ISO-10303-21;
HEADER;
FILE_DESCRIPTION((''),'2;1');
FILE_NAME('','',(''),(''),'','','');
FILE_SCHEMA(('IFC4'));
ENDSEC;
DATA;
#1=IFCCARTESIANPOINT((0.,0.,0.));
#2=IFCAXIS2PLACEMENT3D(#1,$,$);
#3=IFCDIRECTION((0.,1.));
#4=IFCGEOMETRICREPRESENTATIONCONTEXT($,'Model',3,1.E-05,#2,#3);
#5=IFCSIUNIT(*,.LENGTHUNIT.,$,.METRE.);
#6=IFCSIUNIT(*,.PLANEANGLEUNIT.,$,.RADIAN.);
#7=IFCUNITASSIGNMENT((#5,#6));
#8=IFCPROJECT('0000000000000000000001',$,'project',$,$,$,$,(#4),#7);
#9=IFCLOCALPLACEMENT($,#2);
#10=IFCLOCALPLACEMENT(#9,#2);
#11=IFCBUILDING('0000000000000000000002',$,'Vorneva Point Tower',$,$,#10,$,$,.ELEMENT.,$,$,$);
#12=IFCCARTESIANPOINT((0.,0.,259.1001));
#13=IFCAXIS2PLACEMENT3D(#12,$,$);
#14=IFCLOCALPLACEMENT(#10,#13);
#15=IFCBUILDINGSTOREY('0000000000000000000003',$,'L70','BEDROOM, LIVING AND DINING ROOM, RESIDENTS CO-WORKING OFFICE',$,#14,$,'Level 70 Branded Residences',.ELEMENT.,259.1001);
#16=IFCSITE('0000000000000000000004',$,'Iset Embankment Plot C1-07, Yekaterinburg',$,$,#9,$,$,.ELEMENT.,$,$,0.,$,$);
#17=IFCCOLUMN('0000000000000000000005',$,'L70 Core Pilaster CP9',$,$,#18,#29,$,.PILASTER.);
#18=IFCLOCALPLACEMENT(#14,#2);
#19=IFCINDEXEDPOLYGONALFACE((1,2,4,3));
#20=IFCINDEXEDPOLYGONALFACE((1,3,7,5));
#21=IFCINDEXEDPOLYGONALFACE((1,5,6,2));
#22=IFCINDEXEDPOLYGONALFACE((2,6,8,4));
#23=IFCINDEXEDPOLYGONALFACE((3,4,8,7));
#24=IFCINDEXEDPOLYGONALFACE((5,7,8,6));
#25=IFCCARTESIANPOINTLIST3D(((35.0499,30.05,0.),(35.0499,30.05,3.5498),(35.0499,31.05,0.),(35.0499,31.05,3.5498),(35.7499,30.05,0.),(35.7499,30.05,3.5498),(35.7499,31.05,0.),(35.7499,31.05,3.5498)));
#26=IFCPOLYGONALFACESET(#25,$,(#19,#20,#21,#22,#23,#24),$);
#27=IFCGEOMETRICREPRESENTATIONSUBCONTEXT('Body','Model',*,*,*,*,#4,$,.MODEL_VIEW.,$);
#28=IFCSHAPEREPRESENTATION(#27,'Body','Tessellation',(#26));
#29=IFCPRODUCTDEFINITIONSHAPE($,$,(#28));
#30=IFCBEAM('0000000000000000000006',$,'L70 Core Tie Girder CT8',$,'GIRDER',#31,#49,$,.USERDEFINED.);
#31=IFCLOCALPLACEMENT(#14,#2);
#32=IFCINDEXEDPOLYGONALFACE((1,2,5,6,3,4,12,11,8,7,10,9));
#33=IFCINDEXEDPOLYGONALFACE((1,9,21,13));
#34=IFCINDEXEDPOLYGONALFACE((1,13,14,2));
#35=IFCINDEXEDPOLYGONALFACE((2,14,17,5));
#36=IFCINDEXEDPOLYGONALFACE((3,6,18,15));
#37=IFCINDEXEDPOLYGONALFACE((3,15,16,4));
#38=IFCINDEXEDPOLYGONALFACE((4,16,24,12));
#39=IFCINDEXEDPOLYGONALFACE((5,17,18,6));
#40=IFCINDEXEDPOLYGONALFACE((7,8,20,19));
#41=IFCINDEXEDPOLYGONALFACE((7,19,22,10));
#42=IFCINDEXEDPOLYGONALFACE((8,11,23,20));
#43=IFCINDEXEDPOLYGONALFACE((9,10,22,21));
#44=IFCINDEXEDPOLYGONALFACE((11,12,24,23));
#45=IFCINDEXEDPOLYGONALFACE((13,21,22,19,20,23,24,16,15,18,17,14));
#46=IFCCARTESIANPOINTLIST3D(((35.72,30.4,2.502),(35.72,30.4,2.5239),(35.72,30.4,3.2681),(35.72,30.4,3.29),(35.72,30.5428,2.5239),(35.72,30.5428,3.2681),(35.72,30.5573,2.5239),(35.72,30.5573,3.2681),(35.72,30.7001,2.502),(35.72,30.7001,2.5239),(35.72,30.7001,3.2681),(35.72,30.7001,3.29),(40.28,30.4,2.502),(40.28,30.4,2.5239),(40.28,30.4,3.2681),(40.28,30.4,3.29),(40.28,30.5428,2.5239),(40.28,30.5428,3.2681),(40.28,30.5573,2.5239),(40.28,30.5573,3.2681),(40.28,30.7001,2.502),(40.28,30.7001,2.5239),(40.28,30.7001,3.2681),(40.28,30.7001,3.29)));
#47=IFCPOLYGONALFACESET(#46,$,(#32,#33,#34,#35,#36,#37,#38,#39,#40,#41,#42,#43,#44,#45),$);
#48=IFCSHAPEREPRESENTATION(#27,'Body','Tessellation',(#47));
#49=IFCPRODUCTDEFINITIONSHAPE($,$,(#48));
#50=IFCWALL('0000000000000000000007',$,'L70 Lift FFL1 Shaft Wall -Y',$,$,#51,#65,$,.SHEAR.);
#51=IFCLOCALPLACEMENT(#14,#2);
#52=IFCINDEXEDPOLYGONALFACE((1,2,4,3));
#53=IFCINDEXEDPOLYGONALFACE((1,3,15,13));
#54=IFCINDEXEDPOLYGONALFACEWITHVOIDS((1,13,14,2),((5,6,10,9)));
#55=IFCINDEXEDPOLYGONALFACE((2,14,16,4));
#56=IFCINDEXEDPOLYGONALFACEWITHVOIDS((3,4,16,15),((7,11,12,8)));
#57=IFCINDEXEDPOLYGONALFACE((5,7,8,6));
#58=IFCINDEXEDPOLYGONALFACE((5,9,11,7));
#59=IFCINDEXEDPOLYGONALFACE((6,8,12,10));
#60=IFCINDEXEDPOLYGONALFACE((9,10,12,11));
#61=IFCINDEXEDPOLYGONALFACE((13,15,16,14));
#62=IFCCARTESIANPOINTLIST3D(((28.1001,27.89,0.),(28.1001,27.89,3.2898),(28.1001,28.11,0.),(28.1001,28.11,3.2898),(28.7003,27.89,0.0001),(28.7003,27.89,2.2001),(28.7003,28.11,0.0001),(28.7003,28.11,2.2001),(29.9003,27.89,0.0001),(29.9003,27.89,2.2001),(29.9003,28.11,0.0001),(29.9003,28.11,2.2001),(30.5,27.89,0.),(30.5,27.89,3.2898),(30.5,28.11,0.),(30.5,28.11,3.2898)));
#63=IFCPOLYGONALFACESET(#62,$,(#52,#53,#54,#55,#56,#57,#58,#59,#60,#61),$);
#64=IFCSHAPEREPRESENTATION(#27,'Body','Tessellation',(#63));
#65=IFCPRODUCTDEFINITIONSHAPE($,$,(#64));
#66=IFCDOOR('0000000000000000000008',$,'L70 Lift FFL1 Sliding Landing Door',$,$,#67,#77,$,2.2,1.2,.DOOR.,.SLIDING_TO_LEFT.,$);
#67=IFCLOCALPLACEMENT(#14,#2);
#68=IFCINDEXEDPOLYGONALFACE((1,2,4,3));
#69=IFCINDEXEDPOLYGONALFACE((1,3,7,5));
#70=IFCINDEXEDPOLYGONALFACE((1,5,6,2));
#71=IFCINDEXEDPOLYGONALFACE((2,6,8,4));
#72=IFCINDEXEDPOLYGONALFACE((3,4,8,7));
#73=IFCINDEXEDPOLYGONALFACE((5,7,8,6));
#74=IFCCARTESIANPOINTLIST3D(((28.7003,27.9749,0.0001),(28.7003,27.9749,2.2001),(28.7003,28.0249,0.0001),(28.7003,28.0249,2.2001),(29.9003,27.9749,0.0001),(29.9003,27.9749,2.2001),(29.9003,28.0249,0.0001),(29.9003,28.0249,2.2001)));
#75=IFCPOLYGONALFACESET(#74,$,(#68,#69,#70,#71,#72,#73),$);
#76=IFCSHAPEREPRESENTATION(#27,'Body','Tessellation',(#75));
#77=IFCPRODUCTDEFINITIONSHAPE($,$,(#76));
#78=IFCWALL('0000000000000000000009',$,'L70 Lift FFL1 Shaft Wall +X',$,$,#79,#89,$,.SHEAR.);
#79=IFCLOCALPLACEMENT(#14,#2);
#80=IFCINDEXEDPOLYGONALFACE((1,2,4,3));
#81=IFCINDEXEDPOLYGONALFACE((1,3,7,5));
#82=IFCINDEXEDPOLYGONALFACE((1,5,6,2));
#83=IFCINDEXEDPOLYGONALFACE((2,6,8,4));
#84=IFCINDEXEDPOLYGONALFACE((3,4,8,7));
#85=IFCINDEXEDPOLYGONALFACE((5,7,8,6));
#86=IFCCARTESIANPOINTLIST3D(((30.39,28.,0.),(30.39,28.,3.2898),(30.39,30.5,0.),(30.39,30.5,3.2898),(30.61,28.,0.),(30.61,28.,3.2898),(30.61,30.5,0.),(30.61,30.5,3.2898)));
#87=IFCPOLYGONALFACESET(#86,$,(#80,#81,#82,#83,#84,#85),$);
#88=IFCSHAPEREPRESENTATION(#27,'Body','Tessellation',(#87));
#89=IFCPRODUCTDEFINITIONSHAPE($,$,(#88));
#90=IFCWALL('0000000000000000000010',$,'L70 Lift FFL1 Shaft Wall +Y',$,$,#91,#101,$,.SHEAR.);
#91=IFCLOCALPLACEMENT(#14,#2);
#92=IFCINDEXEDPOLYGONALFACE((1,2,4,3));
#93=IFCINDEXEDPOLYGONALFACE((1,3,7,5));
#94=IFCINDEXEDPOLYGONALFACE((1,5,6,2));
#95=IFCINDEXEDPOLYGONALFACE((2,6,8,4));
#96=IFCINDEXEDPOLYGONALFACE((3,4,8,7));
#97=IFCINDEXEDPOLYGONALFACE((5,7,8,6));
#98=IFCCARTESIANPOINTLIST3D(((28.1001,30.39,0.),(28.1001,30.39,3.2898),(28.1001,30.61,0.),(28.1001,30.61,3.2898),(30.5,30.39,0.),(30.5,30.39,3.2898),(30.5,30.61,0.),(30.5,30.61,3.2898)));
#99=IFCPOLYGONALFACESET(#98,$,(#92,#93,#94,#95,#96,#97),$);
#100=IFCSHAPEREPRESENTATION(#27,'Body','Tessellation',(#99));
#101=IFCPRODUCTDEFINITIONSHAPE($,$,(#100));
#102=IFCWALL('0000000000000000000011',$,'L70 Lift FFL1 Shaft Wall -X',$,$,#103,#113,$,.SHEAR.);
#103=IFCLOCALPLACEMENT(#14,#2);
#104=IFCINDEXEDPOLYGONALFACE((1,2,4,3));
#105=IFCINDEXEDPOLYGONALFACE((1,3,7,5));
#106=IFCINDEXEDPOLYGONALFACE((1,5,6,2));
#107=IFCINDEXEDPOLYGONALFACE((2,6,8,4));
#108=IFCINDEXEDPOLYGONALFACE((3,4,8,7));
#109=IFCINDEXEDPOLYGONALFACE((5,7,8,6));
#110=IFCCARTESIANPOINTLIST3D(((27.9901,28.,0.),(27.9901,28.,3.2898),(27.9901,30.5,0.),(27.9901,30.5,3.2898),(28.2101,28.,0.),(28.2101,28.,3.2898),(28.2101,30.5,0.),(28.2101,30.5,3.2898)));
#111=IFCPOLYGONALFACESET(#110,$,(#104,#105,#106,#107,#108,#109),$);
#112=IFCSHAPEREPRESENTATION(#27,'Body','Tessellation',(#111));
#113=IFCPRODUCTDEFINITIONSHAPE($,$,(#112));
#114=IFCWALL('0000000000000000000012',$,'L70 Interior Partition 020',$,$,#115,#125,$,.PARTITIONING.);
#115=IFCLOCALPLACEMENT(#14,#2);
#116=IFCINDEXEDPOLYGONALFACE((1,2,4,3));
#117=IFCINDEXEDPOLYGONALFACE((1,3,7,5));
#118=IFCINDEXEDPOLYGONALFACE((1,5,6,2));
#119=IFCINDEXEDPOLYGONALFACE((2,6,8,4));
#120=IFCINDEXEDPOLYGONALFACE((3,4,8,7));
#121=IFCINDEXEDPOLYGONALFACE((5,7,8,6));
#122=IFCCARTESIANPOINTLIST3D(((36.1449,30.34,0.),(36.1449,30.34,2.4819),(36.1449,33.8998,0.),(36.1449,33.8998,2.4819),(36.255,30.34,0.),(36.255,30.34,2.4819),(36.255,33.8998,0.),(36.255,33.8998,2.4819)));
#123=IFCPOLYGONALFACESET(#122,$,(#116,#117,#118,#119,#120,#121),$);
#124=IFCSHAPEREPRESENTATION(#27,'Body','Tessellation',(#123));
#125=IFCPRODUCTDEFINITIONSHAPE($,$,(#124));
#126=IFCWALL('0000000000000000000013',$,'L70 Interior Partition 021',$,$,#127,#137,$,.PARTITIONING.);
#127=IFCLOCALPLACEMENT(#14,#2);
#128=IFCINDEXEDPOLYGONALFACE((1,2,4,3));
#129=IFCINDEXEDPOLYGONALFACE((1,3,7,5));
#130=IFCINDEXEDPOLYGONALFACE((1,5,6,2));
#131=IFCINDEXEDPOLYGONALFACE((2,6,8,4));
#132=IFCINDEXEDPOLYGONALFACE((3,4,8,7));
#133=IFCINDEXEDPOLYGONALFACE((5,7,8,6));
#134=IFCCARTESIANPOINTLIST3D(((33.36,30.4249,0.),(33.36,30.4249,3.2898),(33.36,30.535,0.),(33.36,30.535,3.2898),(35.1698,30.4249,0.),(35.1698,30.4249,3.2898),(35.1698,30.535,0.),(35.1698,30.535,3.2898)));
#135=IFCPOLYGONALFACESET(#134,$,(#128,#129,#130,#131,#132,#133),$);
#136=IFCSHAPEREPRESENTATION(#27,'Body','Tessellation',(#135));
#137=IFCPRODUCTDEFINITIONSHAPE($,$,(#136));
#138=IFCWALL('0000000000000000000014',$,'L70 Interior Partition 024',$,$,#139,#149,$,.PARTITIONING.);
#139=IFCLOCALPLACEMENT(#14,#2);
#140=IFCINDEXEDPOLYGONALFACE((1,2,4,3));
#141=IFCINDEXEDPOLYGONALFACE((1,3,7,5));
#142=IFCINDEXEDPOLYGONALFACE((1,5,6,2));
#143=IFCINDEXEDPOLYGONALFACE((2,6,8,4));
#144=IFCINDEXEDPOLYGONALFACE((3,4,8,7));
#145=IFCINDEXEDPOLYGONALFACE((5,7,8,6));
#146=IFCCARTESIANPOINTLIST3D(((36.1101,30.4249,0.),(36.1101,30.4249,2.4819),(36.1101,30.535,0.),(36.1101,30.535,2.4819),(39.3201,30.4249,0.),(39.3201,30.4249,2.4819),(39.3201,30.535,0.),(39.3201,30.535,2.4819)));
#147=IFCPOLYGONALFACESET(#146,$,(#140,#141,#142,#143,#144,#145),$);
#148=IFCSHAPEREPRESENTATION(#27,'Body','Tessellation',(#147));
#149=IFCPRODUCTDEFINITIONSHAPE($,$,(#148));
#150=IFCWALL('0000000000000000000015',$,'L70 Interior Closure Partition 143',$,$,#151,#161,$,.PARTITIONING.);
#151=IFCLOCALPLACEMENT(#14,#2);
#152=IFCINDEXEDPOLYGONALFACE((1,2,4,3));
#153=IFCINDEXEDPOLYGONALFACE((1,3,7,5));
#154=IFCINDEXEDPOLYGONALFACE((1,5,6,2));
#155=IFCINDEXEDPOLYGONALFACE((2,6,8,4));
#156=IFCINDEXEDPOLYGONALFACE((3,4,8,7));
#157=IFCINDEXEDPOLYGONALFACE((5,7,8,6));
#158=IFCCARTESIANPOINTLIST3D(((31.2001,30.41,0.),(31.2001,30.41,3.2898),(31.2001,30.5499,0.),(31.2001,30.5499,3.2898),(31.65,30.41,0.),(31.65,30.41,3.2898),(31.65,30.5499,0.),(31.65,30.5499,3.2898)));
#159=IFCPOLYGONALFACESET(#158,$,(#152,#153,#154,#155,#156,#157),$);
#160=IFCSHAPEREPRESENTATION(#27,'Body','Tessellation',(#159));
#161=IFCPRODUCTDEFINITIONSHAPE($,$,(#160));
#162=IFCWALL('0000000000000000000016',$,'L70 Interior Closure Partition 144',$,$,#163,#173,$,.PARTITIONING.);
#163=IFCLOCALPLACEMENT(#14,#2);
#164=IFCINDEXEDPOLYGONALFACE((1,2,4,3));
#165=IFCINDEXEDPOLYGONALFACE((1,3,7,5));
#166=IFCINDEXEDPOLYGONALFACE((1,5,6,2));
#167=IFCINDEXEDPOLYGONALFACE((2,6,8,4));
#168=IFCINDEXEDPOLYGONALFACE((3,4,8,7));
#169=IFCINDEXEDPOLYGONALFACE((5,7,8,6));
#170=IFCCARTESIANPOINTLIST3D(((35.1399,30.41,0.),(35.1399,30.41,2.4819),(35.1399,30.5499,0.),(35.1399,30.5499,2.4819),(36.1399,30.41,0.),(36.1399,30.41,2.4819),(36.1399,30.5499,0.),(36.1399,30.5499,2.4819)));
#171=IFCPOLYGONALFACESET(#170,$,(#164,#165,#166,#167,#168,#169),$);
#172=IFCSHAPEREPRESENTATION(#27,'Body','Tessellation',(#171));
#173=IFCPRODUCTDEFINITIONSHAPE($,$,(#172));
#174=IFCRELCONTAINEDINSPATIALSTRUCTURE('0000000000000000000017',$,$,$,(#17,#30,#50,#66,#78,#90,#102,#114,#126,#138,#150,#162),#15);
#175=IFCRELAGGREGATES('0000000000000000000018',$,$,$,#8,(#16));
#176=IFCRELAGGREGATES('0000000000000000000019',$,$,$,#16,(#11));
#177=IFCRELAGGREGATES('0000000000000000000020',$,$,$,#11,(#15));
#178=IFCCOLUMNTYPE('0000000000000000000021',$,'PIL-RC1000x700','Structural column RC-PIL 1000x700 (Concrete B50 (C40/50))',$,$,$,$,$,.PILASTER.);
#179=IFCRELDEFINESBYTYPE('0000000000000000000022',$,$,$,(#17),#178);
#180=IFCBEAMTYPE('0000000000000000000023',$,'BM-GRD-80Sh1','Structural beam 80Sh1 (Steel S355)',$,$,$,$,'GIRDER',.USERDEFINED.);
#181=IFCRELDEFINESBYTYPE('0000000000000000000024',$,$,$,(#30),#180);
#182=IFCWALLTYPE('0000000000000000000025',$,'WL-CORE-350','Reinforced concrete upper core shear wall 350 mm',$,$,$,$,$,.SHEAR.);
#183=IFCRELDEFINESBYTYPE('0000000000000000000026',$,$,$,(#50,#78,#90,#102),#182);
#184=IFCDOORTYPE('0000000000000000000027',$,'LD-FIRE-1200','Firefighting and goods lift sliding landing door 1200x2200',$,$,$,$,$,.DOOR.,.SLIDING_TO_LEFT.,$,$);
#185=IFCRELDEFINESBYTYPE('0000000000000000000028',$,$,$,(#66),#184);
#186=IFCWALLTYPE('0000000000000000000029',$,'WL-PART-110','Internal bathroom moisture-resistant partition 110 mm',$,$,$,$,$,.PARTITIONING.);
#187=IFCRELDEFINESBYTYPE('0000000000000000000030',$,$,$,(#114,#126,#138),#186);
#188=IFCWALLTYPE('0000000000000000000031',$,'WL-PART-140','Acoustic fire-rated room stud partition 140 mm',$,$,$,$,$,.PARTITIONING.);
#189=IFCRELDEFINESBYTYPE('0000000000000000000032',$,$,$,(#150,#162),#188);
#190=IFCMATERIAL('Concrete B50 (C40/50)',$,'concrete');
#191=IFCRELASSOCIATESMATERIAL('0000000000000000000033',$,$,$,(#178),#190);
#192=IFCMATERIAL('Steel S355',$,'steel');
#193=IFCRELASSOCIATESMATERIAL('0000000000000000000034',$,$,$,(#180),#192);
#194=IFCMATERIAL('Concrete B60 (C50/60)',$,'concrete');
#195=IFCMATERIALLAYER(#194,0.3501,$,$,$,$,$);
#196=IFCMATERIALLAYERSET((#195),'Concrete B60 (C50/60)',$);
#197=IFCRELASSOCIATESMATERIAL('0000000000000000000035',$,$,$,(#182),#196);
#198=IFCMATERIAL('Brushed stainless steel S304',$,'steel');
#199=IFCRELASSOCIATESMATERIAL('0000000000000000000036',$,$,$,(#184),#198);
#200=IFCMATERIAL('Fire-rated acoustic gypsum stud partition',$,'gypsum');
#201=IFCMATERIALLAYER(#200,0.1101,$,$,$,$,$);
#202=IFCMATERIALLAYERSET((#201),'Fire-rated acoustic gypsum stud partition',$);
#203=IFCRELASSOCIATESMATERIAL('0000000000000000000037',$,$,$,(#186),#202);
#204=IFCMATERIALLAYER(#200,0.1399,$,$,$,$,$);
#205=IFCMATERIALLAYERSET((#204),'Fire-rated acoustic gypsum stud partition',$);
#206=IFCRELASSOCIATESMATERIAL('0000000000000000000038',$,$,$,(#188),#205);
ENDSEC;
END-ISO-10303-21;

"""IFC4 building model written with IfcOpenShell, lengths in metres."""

from ifc_helpers import new_model, si_unit, direction, frame, frame_2d, origin, origin_2d, place, context, subcontext, project, spatial, rectangle, i_section, extrude, material, layer, layer_set, material_profile, profile_set, type_object, element, fill, save


model = new_model("IFC4")

# Units and contexts
model_context = context("Model", 3, precision=1e-05, world=origin(), true_north=direction((0.0, 1.0)))
body_context = subcontext(model_context, "Body", "Model", "MODEL_VIEW")
ifc_project = project(units=[si_unit("LENGTHUNIT", "METRE"), si_unit("PLANEANGLEUNIT", "RADIAN")], contexts=[model_context])

# Site, building, storey
site_placement = place(None, origin())
site = spatial("IfcSite", under=ifc_project, at=site_placement, Name="Iset Embankment Plot C1-07, Yekaterinburg", CompositionType="ELEMENT", RefElevation=0.0)
building_placement = place(site_placement, origin())
building = spatial("IfcBuilding", under=site, at=building_placement, Name="Vorneva Point Tower", CompositionType="ELEMENT")
storey_placement = place(building_placement, frame((0.0, 0.0, 259.1001)))
storey = spatial("IfcBuildingStorey", under=building, at=storey_placement, Name="L70", Description="BEDROOM, LIVING AND DINING ROOM, RESIDENTS CO-WORKING OFFICE", LongName="Level 70 Branded Residences", CompositionType="ELEMENT", Elevation=259.1001)

# Column
ifc_material_1 = material(Name="Concrete B50 (C40/50)", Category="concrete")
ifc_material_profile_1 = material_profile(ifc_material_1, rectangle(XDim=0.7, YDim=1.0, at=origin_2d()), Name="RC-PIL 1000x700")
ifc_profile_set_1 = profile_set([ifc_material_profile_1], Name="Concrete B50 (C40/50)")
column_type = type_object("IfcColumnType", Name="PIL-RC1000x700", Description="Structural column RC-PIL 1000x700 (Concrete B50 (C40/50))", PredefinedType="PILASTER", material=ifc_profile_set_1)
column_placement = place(storey_placement, frame((35.3999, 30.55, 0.0), z_axis=(0.0, 0.0, 1.0), x_axis=(1.0, 0.0, 0.0)))
element("IfcColumn", 1, at=column_placement, inside=storey, type_object=column_type, Name="L70 Core Pilaster CP9", PredefinedType="PILASTER", context=body_context, shape_type="SweptSolid", body=[
    extrude(rectangle(XDim=0.7, YDim=1.0, at=origin_2d()), origin(), (0.0, 0.0, 1.0), 3.5498),
])

# Beam
ifc_material_2 = material(Name="Steel S355", Category="steel")
ifc_material_profile_2 = material_profile(ifc_material_2, i_section(OverallWidth=0.3, OverallDepth=0.7881, WebThickness=0.0144, FlangeThickness=0.022, at=origin_2d()), Name="80Sh1")
ifc_profile_set_2 = profile_set([ifc_material_profile_2], Name="Steel S355")
beam_type = type_object("IfcBeamType", Name="BM-GRD-80Sh1", Description="Structural beam 80Sh1 (Steel S355)", ElementType="GIRDER", PredefinedType="USERDEFINED", material=ifc_profile_set_2)
beam_placement = place(storey_placement, frame((35.72, 30.55, 2.896), z_axis=(1.0, 0.0, 0.0), x_axis=(0.0, 1.0, 0.0)))
element("IfcBeam", 2, at=beam_placement, inside=storey, type_object=beam_type, Name="L70 Core Tie Girder CT8", ObjectType="GIRDER", PredefinedType="USERDEFINED", context=body_context, shape_type="SweptSolid", body=[
    extrude(i_section(OverallWidth=0.3, OverallDepth=0.7881, WebThickness=0.0144, FlangeThickness=0.022, at=origin_2d()), origin(), (0.0, 0.0, 1.0), 4.5601),
])

# Wall, opening, door
ifc_material_3 = material(Name="Concrete B60 (C50/60)", Category="concrete")
ifc_layer_1 = layer(ifc_material_3, 0.3501)
ifc_layer_set_1 = layer_set([ifc_layer_1], Name="Concrete B60 (C50/60)")
wall_type_1 = type_object("IfcWallType", Name="WL-CORE-350", Description="Reinforced concrete upper core shear wall 350 mm", PredefinedType="SHEAR", material=ifc_layer_set_1)
wall_1_placement = place(storey_placement, frame((28.1001, 28.0, 0.0), z_axis=(0.0, 0.0, 1.0), x_axis=(1.0, 0.0, 0.0)))
wall_1 = element("IfcWall", 3, at=wall_1_placement, inside=storey, type_object=wall_type_1, Name="L70 Lift FFL1 Shaft Wall -Y", PredefinedType="SHEAR", context=body_context, shape_type="SweptSolid", body=[
    extrude(rectangle(XDim=2.3999, YDim=0.22, at=frame_2d((1.2, 0.0))), origin(), (0.0, 0.0, 1.0), 3.2898),
])
opening_1_placement = place(wall_1_placement, frame((0.6001, 0.0, 0.0)))
opening_1 = element("IfcOpeningElement", 4, at=opening_1_placement, cuts=wall_1, PredefinedType="OPENING", context=body_context, shape_type="SweptSolid", body=[
    extrude(rectangle(XDim=1.2, YDim=2.2, at=frame_2d((0.6001, 1.1001))), frame((0.0, 0.125, 0.0), z_axis=(0.0, -1.0, 0.0), x_axis=(1.0, 0.0, 0.0)), (0.0, 0.0, 1.0), 0.2498),
])
ifc_material_4 = material(Name="Brushed stainless steel S304", Category="steel")
door_type_1 = type_object("IfcDoorType", Name="LD-FIRE-1200", Description="Firefighting and goods lift sliding landing door 1200x2200", OperationType="SLIDING_TO_LEFT", PredefinedType="DOOR", material=ifc_material_4)
door_1_placement = place(opening_1_placement, origin())
door_1 = element("IfcDoor", 5, at=door_1_placement, inside=storey, type_object=door_type_1, Name="L70 Lift FFL1 Sliding Landing Door", OperationType="SLIDING_TO_LEFT", OverallHeight=2.2, OverallWidth=1.2, PredefinedType="DOOR", context=body_context, shape_type="SweptSolid", body=[
    extrude(rectangle(XDim=1.2, YDim=2.2, at=frame_2d((0.6001, 1.1001))), frame((0.0, 0.0249, 0.0), z_axis=(0.0, -1.0, 0.0), x_axis=(1.0, 0.0, 0.0)), (0.0, 0.0, 1.0), 0.05),
])
fill(opening_1, door_1)

# Walls
wall_2_placement = place(storey_placement, frame((30.5, 28.0, 0.0), z_axis=(0.0, 0.0, 1.0), x_axis=(0.0, 1.0, 0.0)))
element("IfcWall", 6, at=wall_2_placement, inside=storey, type_object=wall_type_1, Name="L70 Lift FFL1 Shaft Wall +X", PredefinedType="SHEAR", context=body_context, shape_type="SweptSolid", body=[
    extrude(rectangle(XDim=2.5, YDim=0.22, at=frame_2d((1.25, 0.0))), origin(), (0.0, 0.0, 1.0), 3.2898),
])
wall_3_placement = place(storey_placement, frame((30.5, 30.5, 0.0), z_axis=(0.0, 0.0, 1.0), x_axis=(-1.0, 0.0, 0.0)))
element("IfcWall", 7, at=wall_3_placement, inside=storey, type_object=wall_type_1, Name="L70 Lift FFL1 Shaft Wall +Y", PredefinedType="SHEAR", context=body_context, shape_type="SweptSolid", body=[
    extrude(rectangle(XDim=2.3999, YDim=0.22, at=frame_2d((1.2, 0.0))), origin(), (0.0, 0.0, 1.0), 3.2898),
])
wall_4_placement = place(storey_placement, frame((28.1001, 30.5, 0.0), z_axis=(0.0, 0.0, 1.0), x_axis=(0.0, -1.0, 0.0)))
element("IfcWall", 8, at=wall_4_placement, inside=storey, type_object=wall_type_1, Name="L70 Lift FFL1 Shaft Wall -X", PredefinedType="SHEAR", context=body_context, shape_type="SweptSolid", body=[
    extrude(rectangle(XDim=2.5, YDim=0.22, at=frame_2d((1.25, 0.0))), origin(), (0.0, 0.0, 1.0), 3.2898),
])
ifc_material_5 = material(Name="Fire-rated acoustic gypsum stud partition", Category="gypsum")
ifc_layer_2 = layer(ifc_material_5, 0.1101)
ifc_layer_set_2 = layer_set([ifc_layer_2], Name="Fire-rated acoustic gypsum stud partition")
wall_type_2 = type_object("IfcWallType", Name="WL-PART-110", Description="Internal bathroom moisture-resistant partition 110 mm", PredefinedType="PARTITIONING", material=ifc_layer_set_2)
wall_5_placement = place(storey_placement, frame((36.2, 30.3401, 0.0), z_axis=(0.0, 0.0, 1.0), x_axis=(0.0, 1.0, 0.0)))
element("IfcWall", 9, at=wall_5_placement, inside=storey, type_object=wall_type_2, Name="L70 Interior Partition 020", PredefinedType="PARTITIONING", context=body_context, shape_type="SweptSolid", body=[
    extrude(rectangle(XDim=3.5598, YDim=0.1101, at=frame_2d((1.7798, 0.0))), origin(), (0.0, 0.0, 1.0), 2.4819),
])
wall_6_placement = place(storey_placement, frame((33.3601, 30.48, 0.0), z_axis=(0.0, 0.0, 1.0), x_axis=(1.0, 0.0, 0.0)))
element("IfcWall", 10, at=wall_6_placement, inside=storey, type_object=wall_type_2, Name="L70 Interior Partition 021", PredefinedType="PARTITIONING", context=body_context, shape_type="SweptSolid", body=[
    extrude(rectangle(XDim=1.8098, YDim=0.1101, at=frame_2d((0.9048, 0.0))), origin(), (0.0, 0.0, 1.0), 3.2898),
])
wall_7_placement = place(storey_placement, frame((36.1101, 30.48, 0.0), z_axis=(0.0, 0.0, 1.0), x_axis=(1.0, 0.0, 0.0)))
element("IfcWall", 11, at=wall_7_placement, inside=storey, type_object=wall_type_2, Name="L70 Interior Partition 024", PredefinedType="PARTITIONING", context=body_context, shape_type="SweptSolid", body=[
    extrude(rectangle(XDim=3.21, YDim=0.1101, at=frame_2d((1.605, 0.0))), origin(), (0.0, 0.0, 1.0), 2.4819),
])
ifc_layer_3 = layer(ifc_material_5, 0.1399)
ifc_layer_set_3 = layer_set([ifc_layer_3], Name="Fire-rated acoustic gypsum stud partition")
wall_type_3 = type_object("IfcWallType", Name="WL-PART-140", Description="Acoustic fire-rated room stud partition 140 mm", PredefinedType="PARTITIONING", material=ifc_layer_set_3)
wall_8_placement = place(storey_placement, frame((31.2, 30.48, 0.0), z_axis=(0.0, 0.0, 1.0), x_axis=(1.0, 0.0, 0.0)))
element("IfcWall", 12, at=wall_8_placement, inside=storey, type_object=wall_type_3, Name="L70 Interior Closure Partition 143", PredefinedType="PARTITIONING", context=body_context, shape_type="SweptSolid", body=[
    extrude(rectangle(XDim=0.45, YDim=0.1399, at=frame_2d((0.2251, 0.0))), origin(), (0.0, 0.0, 1.0), 3.2898),
])
wall_9_placement = place(storey_placement, frame((35.1399, 30.48, 0.0), z_axis=(0.0, 0.0, 1.0), x_axis=(1.0, 0.0, 0.0)))
element("IfcWall", 13, at=wall_9_placement, inside=storey, type_object=wall_type_3, Name="L70 Interior Closure Partition 144", PredefinedType="PARTITIONING", context=body_context, shape_type="SweptSolid", body=[
    extrude(rectangle(XDim=1.0, YDim=0.1399, at=frame_2d((0.5, 0.0))), origin(), (0.0, 0.0, 1.0), 2.4819),
])

save(model, "model.ifc")
